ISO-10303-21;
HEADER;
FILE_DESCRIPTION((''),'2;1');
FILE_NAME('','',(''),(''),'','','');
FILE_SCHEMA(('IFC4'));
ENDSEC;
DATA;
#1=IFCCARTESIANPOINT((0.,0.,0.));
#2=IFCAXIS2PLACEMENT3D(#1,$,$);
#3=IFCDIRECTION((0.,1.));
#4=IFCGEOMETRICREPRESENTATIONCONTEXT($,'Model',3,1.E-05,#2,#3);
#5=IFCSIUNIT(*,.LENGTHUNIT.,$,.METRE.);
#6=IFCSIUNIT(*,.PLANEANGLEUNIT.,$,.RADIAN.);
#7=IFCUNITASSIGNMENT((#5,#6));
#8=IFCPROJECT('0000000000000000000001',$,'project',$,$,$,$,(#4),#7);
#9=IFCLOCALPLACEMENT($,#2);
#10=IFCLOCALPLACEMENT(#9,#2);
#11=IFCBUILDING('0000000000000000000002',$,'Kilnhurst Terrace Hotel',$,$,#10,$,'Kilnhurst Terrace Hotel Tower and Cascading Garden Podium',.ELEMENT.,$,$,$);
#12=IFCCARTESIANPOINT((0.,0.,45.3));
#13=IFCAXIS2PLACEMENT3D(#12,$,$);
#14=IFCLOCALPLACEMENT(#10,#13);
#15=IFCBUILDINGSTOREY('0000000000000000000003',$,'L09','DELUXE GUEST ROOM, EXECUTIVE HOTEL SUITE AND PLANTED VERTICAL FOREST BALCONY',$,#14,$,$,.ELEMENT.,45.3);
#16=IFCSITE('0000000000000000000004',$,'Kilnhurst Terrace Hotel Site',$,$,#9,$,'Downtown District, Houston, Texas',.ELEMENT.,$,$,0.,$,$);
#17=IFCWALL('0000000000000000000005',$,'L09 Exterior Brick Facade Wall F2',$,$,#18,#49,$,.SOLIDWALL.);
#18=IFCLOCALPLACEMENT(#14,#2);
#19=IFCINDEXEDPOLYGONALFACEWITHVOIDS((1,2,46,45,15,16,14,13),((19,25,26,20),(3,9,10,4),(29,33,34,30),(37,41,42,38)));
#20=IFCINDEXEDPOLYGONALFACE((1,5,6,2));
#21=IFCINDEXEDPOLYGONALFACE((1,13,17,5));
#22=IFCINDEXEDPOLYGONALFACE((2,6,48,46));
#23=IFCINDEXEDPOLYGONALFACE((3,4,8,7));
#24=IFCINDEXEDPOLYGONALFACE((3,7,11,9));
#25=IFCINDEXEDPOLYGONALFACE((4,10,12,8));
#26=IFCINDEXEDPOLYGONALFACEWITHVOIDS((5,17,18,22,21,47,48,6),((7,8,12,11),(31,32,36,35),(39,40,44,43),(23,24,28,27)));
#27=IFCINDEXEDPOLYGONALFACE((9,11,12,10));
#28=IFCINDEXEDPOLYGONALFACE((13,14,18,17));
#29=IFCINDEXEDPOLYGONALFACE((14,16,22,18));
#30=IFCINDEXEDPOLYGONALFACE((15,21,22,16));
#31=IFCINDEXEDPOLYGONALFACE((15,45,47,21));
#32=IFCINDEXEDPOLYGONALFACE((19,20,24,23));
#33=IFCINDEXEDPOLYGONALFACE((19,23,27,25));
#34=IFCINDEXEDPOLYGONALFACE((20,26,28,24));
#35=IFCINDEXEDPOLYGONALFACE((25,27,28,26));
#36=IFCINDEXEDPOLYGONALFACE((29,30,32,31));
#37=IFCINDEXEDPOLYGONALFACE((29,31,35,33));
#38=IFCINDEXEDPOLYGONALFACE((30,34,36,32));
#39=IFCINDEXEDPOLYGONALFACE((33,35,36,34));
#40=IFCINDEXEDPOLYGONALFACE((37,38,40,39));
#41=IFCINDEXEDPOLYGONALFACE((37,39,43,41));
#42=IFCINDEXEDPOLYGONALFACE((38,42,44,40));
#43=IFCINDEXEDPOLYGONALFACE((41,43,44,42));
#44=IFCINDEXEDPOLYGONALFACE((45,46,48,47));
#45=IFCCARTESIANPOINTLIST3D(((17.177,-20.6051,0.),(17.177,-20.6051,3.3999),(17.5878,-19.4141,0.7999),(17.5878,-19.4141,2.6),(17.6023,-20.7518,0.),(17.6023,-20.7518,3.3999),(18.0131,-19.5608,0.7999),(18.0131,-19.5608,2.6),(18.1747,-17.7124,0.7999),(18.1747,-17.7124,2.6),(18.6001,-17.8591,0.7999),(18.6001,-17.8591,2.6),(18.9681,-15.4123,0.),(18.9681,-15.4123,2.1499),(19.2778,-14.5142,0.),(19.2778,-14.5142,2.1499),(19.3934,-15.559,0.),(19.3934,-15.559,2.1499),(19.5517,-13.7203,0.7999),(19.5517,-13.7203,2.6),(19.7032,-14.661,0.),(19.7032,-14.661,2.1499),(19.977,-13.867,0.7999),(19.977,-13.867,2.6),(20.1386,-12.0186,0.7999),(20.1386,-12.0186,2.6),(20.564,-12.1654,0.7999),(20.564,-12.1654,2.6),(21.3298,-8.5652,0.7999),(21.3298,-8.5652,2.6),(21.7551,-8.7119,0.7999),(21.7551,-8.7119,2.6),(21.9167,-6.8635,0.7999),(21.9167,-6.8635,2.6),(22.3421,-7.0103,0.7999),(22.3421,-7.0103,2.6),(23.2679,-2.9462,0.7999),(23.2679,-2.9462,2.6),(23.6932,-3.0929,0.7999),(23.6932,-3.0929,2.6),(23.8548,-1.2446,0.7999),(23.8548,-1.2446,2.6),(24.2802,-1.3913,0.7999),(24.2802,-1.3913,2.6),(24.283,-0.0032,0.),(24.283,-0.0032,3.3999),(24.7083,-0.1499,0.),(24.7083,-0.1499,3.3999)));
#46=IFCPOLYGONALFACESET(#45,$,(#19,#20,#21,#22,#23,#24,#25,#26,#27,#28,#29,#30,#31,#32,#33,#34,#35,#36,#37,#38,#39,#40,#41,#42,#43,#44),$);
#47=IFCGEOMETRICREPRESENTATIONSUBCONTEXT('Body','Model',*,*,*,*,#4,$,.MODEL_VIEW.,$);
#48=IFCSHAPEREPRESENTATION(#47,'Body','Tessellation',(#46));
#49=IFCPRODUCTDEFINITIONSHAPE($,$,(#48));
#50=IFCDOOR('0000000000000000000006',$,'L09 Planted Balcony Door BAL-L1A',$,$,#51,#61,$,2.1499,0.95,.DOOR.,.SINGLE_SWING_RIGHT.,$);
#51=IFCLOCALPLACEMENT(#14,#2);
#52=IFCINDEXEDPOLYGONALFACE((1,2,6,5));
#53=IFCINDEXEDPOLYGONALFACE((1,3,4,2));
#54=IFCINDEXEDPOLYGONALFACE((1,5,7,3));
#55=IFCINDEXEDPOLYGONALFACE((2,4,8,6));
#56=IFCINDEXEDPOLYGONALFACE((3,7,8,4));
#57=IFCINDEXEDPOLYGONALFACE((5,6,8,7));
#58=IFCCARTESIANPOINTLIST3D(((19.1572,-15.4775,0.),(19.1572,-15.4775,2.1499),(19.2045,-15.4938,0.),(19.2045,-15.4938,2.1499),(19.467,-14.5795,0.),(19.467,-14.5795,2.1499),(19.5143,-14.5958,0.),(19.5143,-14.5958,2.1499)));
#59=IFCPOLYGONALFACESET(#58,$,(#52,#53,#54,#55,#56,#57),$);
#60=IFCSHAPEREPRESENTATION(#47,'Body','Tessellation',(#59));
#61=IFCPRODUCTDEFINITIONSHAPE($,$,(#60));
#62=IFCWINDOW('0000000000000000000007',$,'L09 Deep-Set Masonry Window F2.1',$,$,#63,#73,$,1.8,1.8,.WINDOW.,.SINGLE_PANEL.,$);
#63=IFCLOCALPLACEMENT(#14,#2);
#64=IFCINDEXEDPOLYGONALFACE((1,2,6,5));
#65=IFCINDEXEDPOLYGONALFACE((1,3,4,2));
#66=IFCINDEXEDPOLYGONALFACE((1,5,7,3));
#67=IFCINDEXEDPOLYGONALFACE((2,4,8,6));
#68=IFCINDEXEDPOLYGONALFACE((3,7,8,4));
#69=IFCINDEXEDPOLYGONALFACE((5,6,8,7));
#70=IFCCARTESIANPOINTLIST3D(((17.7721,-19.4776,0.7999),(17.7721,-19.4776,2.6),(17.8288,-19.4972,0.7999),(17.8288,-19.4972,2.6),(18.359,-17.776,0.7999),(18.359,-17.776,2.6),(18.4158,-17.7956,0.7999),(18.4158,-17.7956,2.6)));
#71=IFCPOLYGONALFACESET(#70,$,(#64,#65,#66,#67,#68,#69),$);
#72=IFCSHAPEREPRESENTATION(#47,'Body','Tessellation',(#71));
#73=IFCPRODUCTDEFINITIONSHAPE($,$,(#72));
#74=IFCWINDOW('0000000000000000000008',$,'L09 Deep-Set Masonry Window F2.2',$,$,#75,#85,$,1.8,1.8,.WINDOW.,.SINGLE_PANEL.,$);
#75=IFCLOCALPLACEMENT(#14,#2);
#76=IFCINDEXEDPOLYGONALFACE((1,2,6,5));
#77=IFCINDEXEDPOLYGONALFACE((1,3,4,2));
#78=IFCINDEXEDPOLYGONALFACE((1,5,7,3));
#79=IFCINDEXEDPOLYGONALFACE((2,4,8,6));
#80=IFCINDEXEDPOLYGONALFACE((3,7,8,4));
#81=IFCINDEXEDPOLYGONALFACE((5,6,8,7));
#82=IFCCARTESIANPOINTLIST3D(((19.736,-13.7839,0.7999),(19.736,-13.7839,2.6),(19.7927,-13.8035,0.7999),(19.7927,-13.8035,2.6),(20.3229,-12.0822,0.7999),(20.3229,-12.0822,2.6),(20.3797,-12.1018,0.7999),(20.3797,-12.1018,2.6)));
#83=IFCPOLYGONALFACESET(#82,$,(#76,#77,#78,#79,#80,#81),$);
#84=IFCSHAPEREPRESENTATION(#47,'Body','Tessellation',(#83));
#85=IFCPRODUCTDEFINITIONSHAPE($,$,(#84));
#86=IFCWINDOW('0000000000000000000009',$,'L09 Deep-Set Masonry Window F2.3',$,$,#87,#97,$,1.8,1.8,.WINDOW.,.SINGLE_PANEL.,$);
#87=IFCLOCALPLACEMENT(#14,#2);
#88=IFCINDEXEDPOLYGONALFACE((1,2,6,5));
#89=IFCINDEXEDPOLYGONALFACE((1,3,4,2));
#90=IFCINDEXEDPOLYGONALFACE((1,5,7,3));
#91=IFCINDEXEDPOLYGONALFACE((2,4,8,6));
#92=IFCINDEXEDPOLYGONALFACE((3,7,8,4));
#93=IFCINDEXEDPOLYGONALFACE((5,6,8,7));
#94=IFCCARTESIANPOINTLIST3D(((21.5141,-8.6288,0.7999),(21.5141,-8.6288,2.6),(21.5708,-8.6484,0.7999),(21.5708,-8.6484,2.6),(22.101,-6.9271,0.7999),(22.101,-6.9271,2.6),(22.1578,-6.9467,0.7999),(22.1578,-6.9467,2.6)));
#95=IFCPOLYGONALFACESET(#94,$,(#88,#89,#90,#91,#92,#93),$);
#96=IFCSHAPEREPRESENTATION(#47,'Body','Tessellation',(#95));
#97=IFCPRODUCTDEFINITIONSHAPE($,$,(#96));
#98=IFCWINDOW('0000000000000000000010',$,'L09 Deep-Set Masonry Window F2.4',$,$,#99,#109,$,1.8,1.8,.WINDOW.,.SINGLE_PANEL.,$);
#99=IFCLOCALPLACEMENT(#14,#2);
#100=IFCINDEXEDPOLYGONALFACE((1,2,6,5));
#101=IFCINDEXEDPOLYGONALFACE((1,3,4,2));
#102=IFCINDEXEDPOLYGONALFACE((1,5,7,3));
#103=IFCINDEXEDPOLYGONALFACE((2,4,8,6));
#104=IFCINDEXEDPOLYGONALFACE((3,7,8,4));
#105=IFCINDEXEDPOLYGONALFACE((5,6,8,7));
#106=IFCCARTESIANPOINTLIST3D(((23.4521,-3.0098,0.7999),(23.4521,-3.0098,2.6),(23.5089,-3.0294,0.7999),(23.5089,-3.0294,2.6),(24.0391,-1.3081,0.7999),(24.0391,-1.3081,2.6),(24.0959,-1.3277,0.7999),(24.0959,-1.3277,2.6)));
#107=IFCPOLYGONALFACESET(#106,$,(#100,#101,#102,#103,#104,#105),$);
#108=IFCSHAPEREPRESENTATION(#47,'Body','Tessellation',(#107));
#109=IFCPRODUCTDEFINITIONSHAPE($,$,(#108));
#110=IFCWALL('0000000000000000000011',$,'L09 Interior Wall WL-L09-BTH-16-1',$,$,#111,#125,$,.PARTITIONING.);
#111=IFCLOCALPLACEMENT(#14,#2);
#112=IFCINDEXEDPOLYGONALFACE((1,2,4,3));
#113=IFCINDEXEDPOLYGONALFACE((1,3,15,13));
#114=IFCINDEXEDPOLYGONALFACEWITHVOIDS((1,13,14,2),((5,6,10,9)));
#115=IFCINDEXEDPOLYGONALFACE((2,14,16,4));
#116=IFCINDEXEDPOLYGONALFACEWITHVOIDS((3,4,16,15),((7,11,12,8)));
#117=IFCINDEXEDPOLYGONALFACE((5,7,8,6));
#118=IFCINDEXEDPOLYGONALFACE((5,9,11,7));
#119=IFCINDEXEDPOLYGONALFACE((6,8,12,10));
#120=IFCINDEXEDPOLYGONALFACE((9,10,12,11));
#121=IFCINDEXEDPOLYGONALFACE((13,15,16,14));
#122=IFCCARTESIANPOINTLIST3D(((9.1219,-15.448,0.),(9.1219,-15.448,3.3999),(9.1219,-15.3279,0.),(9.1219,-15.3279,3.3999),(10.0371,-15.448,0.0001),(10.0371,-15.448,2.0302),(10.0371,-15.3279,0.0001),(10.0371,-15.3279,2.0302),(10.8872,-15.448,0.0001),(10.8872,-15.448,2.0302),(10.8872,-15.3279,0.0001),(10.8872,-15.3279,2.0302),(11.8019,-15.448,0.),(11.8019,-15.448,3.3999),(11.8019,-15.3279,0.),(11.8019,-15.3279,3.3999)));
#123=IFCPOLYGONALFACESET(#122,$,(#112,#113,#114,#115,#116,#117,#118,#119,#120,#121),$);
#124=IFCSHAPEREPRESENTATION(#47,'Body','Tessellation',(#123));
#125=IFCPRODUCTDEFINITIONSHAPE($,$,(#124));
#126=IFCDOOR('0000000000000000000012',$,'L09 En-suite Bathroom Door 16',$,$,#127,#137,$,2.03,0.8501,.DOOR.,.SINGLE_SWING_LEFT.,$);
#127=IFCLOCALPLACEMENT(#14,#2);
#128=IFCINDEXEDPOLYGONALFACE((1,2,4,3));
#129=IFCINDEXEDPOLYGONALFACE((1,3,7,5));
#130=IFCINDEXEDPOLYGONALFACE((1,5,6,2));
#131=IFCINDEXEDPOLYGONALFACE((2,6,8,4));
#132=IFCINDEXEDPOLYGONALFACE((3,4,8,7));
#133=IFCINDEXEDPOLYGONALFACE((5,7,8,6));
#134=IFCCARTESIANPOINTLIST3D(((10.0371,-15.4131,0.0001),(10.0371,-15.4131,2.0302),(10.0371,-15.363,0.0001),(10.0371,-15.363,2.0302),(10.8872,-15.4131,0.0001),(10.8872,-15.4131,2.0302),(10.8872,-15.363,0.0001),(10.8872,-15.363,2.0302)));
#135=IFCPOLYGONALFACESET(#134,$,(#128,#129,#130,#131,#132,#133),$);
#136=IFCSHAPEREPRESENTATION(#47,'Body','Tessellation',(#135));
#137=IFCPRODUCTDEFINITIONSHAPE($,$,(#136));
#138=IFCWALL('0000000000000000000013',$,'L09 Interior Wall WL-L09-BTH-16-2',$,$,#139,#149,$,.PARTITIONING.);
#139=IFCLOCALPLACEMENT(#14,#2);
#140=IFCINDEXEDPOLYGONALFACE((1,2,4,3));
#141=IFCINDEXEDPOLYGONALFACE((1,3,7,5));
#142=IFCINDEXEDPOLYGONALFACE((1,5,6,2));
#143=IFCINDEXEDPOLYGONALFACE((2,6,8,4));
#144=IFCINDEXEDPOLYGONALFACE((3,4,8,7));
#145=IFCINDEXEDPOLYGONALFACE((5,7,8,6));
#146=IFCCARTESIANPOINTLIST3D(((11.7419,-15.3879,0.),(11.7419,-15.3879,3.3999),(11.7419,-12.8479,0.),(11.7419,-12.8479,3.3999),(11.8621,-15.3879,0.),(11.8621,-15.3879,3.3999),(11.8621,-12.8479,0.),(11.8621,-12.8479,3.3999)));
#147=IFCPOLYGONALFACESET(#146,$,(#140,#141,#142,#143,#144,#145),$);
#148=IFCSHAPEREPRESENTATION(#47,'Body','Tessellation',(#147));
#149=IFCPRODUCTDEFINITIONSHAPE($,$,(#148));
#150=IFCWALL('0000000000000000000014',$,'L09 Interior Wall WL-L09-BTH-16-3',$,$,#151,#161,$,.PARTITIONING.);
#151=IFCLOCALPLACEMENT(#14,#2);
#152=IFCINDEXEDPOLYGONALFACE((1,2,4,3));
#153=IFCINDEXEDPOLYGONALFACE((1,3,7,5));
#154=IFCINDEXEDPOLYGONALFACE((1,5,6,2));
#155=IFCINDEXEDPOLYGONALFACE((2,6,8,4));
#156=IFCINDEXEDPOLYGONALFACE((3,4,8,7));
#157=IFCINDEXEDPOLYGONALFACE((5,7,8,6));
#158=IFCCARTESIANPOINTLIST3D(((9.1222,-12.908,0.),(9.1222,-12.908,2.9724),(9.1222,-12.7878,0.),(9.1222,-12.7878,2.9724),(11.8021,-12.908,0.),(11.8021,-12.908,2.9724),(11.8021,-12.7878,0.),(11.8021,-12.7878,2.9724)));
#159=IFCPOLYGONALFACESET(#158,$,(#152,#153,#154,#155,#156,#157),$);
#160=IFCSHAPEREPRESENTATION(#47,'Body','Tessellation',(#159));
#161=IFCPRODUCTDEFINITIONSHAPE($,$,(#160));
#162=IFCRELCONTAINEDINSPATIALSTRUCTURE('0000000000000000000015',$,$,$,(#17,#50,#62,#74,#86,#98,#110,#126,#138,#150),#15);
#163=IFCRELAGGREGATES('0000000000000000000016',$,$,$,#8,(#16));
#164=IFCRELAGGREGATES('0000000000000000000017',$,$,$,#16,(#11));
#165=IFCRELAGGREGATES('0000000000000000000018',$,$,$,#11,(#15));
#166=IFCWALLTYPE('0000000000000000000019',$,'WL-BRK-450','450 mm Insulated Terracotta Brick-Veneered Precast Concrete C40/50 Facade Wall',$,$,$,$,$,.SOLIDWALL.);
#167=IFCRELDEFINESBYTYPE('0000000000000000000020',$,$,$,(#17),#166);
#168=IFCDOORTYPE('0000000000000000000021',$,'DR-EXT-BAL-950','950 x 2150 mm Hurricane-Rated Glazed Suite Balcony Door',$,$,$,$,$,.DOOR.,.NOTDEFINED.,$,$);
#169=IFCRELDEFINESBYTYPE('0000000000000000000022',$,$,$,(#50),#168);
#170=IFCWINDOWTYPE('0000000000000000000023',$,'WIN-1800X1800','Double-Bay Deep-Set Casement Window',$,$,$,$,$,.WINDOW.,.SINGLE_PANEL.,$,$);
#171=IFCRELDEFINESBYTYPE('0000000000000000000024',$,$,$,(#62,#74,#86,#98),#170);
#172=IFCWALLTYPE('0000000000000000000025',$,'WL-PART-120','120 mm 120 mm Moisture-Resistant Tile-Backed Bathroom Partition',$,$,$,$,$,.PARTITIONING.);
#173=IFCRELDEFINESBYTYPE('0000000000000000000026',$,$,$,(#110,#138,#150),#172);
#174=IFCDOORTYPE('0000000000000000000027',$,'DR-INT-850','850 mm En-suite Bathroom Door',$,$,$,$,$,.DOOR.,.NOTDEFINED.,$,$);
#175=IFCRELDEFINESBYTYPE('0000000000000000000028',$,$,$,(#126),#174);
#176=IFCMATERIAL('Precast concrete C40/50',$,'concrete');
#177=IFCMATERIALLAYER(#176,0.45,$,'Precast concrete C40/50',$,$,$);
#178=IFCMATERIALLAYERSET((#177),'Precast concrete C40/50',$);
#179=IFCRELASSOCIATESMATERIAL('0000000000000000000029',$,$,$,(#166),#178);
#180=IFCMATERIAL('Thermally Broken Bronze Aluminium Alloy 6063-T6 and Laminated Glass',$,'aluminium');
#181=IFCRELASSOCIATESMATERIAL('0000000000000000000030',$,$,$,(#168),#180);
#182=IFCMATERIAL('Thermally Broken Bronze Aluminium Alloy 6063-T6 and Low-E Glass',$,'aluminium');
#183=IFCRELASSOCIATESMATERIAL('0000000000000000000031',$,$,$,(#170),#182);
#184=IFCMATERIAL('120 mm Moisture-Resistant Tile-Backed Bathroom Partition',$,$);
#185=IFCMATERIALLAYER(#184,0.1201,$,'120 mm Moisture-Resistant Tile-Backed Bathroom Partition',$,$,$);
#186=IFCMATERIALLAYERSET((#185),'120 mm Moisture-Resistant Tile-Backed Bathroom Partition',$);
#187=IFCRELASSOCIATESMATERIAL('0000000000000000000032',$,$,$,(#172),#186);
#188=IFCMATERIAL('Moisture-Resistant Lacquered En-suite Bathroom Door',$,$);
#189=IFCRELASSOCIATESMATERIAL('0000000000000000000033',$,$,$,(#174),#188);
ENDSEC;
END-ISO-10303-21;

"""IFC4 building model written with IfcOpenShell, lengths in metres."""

from ifc_helpers import new_model, si_unit, direction, frame, frame_2d, origin, place, context, subcontext, project, spatial, rectangle, extrude, material, layer, layer_set, type_object, element, fill, save


model = new_model("IFC4")

# Units and contexts
model_context = context("Model", 3, precision=1e-05, world=origin(), true_north=direction((0.0, 1.0)))
body_context = subcontext(model_context, "Body", "Model", "MODEL_VIEW")
ifc_project = project(units=[si_unit("LENGTHUNIT", "METRE"), si_unit("PLANEANGLEUNIT", "RADIAN")], contexts=[model_context])

# Site, building, storey
site_placement = place(None, origin())
site = spatial("IfcSite", under=ifc_project, at=site_placement, Name="Kilnhurst Terrace Hotel Site", LongName="Downtown District, Houston, Texas", CompositionType="ELEMENT", RefElevation=0.0)
building_placement = place(site_placement, origin())
building = spatial("IfcBuilding", under=site, at=building_placement, Name="Kilnhurst Terrace Hotel", LongName="Kilnhurst Terrace Hotel Tower and Cascading Garden Podium", CompositionType="ELEMENT")
storey_placement = place(building_placement, frame((0.0, 0.0, 45.3)))
storey = spatial("IfcBuildingStorey", under=building, at=storey_placement, Name="L09", Description="DELUXE GUEST ROOM, EXECUTIVE HOTEL SUITE AND PLANTED VERTICAL FOREST BALCONY", CompositionType="ELEMENT", Elevation=45.3)

# Shared definitions
ifc_material_1 = material(Name="Precast concrete C40/50", Category="concrete")
ifc_layer_1 = layer(ifc_material_1, 0.45, Name="Precast concrete C40/50")
ifc_layer_set_1 = layer_set([ifc_layer_1], Name="Precast concrete C40/50")
wall_type_1 = type_object("IfcWallType", Name="WL-BRK-450", Description="450 mm Insulated Terracotta Brick-Veneered Precast Concrete C40/50 Facade Wall", PredefinedType="SOLIDWALL", material=ifc_layer_set_1)

# Wall, openings, door, windows
wall_1_placement = place(storey_placement, frame((17.3896, -20.6785, 0.0), z_axis=(0.0, 0.0, 1.0), x_axis=(0.326068, 0.945346, 0.0)))
wall_1 = element("IfcWall", 1, at=wall_1_placement, inside=storey, type_object=wall_type_1, Name="L09 Exterior Brick Facade Wall F2", PredefinedType="SOLIDWALL", context=body_context, shape_type="SweptSolid", body=[
    extrude(rectangle(XDim=21.793, YDim=0.45, at=frame_2d((10.8965, 0.0))), origin(), (0.0, 0.0, 1.0), 3.3999),
])
opening_1_placement = place(wall_1_placement, frame((5.4929, 0.0, 0.0)))
opening_1 = element("IfcOpeningElement", 2, at=opening_1_placement, cuts=wall_1, PredefinedType="OPENING", context=body_context, shape_type="SweptSolid", body=[
    extrude(rectangle(XDim=0.95, YDim=2.1499, at=frame_2d((0.4751, 1.075))), frame((0.0, 0.2349, 0.0), z_axis=(0.0, -1.0, 0.0), x_axis=(1.0, 0.0, 0.0)), (0.0, 0.0, 1.0), 0.47),
])
opening_2_placement = place(wall_1_placement, frame((1.26, 0.0, 0.8)))
opening_2 = element("IfcOpeningElement", 3, at=opening_2_placement, cuts=wall_1, PredefinedType="OPENING", context=body_context, shape_type="SweptSolid", body=[
    extrude(rectangle(XDim=1.8, YDim=1.8, at=frame_2d((0.8999, 0.8999))), frame((0.0, 0.2349, 0.0), z_axis=(0.0, -1.0, 0.0), x_axis=(1.0, 0.0, 0.0)), (0.0, 0.0, 1.0), 0.47),
])
opening_3_placement = place(wall_1_placement, frame((7.283, 0.0, 0.8)))
opening_3 = element("IfcOpeningElement", 4, at=opening_3_placement, cuts=wall_1, PredefinedType="OPENING", context=body_context, shape_type="SweptSolid", body=[
    extrude(rectangle(XDim=1.8, YDim=1.8, at=frame_2d((0.8999, 0.8999))), frame((0.0, 0.2349, 0.0), z_axis=(0.0, -1.0, 0.0), x_axis=(1.0, 0.0, 0.0)), (0.0, 0.0, 1.0), 0.47),
])
opening_4_placement = place(wall_1_placement, frame((12.7361, 0.0, 0.8)))
opening_4 = element("IfcOpeningElement", 5, at=opening_4_placement, cuts=wall_1, PredefinedType="OPENING", context=body_context, shape_type="SweptSolid", body=[
    extrude(rectangle(XDim=1.8, YDim=1.8, at=frame_2d((0.8999, 0.8999))), frame((0.0, 0.2349, 0.0), z_axis=(0.0, -1.0, 0.0), x_axis=(1.0, 0.0, 0.0)), (0.0, 0.0, 1.0), 0.47),
])
opening_5_placement = place(wall_1_placement, frame((18.6799, 0.0, 0.8)))
opening_5 = element("IfcOpeningElement", 6, at=opening_5_placement, cuts=wall_1, PredefinedType="OPENING", context=body_context, shape_type="SweptSolid", body=[
    extrude(rectangle(XDim=1.8, YDim=1.8, at=frame_2d((0.8999, 0.8999))), frame((0.0, 0.2349, 0.0), z_axis=(0.0, -1.0, 0.0), x_axis=(1.0, 0.0, 0.0)), (0.0, 0.0, 1.0), 0.47),
])
ifc_material_2 = material(Name="Thermally Broken Bronze Aluminium Alloy 6063-T6 and Laminated Glass", Category="aluminium")
door_type_1 = type_object("IfcDoorType", Name="DR-EXT-BAL-950", Description="950 x 2150 mm Hurricane-Rated Glazed Suite Balcony Door", OperationType="NOTDEFINED", PredefinedType="DOOR", material=ifc_material_2)
door_1_placement = place(opening_1_placement, origin())
door_1 = element("IfcDoor", 7, at=door_1_placement, inside=storey, type_object=door_type_1, Name="L09 Planted Balcony Door BAL-L1A", OperationType="SINGLE_SWING_RIGHT", OverallHeight=2.1499, OverallWidth=0.95, PredefinedType="DOOR", context=body_context, shape_type="SweptSolid", body=[
    extrude(rectangle(XDim=0.95, YDim=2.1499, at=frame_2d((0.4751, 1.075))), frame((0.0, 0.0249, 0.0), z_axis=(0.0, -1.0, 0.0), x_axis=(1.0, 0.0, 0.0)), (0.0, 0.0, 1.0), 0.05),
])
fill(opening_1, door_1)
ifc_material_3 = material(Name="Thermally Broken Bronze Aluminium Alloy 6063-T6 and Low-E Glass", Category="aluminium")
window_type = type_object("IfcWindowType", Name="WIN-1800X1800", Description="Double-Bay Deep-Set Casement Window", PartitioningType="SINGLE_PANEL", PredefinedType="WINDOW", material=ifc_material_3)
window_1_placement = place(opening_2_placement, origin())
window_1 = element("IfcWindow", 8, at=window_1_placement, inside=storey, type_object=window_type, Name="L09 Deep-Set Masonry Window F2.1", OverallHeight=1.8, OverallWidth=1.8, PartitioningType="SINGLE_PANEL", PredefinedType="WINDOW", context=body_context, shape_type="SweptSolid", body=[
    extrude(rectangle(XDim=1.8, YDim=1.8, at=frame_2d((0.8999, 0.8999))), frame((0.0, 0.03, 0.0), z_axis=(0.0, -1.0, 0.0), x_axis=(1.0, 0.0, 0.0)), (0.0, 0.0, 1.0), 0.0601),
])
fill(opening_2, window_1)
window_2_placement = place(opening_3_placement, origin())
window_2 = element("IfcWindow", 9, at=window_2_placement, inside=storey, type_object=window_type, Name="L09 Deep-Set Masonry Window F2.2", OverallHeight=1.8, OverallWidth=1.8, PartitioningType="SINGLE_PANEL", PredefinedType="WINDOW", context=body_context, shape_type="SweptSolid", body=[
    extrude(rectangle(XDim=1.8, YDim=1.8, at=frame_2d((0.8999, 0.8999))), frame((0.0, 0.03, 0.0), z_axis=(0.0, -1.0, 0.0), x_axis=(1.0, 0.0, 0.0)), (0.0, 0.0, 1.0), 0.0601),
])
fill(opening_3, window_2)
window_3_placement = place(opening_4_placement, origin())
window_3 = element("IfcWindow", 10, at=window_3_placement, inside=storey, type_object=window_type, Name="L09 Deep-Set Masonry Window F2.3", OverallHeight=1.8, OverallWidth=1.8, PartitioningType="SINGLE_PANEL", PredefinedType="WINDOW", context=body_context, shape_type="SweptSolid", body=[
    extrude(rectangle(XDim=1.8, YDim=1.8, at=frame_2d((0.8999, 0.8999))), frame((0.0, 0.03, 0.0), z_axis=(0.0, -1.0, 0.0), x_axis=(1.0, 0.0, 0.0)), (0.0, 0.0, 1.0), 0.0601),
])
fill(opening_4, window_3)
window_4_placement = place(opening_5_placement, origin())
window_4 = element("IfcWindow", 11, at=window_4_placement, inside=storey, type_object=window_type, Name="L09 Deep-Set Masonry Window F2.4", OverallHeight=1.8, OverallWidth=1.8, PartitioningType="SINGLE_PANEL", PredefinedType="WINDOW", context=body_context, shape_type="SweptSolid", body=[
    extrude(rectangle(XDim=1.8, YDim=1.8, at=frame_2d((0.8999, 0.8999))), frame((0.0, 0.03, 0.0), z_axis=(0.0, -1.0, 0.0), x_axis=(1.0, 0.0, 0.0)), (0.0, 0.0, 1.0), 0.0601),
])
fill(opening_5, window_4)

# Wall, opening, door
ifc_material_4 = material(Name="120 mm Moisture-Resistant Tile-Backed Bathroom Partition")
ifc_layer_2 = layer(ifc_material_4, 0.1201, Name="120 mm Moisture-Resistant Tile-Backed Bathroom Partition")
ifc_layer_set_2 = layer_set([ifc_layer_2], Name="120 mm Moisture-Resistant Tile-Backed Bathroom Partition")
wall_type_2 = type_object("IfcWallType", Name="WL-PART-120", Description="120 mm 120 mm Moisture-Resistant Tile-Backed Bathroom Partition", PredefinedType="PARTITIONING", material=ifc_layer_set_2)
wall_2_placement = place(storey_placement, frame((9.1221, -15.3879, 0.0), z_axis=(0.0, 0.0, 1.0), x_axis=(1.0, 0.0, 0.0)))
wall_2 = element("IfcWall", 12, at=wall_2_placement, inside=storey, type_object=wall_type_2, Name="L09 Interior Wall WL-L09-BTH-16-1", PredefinedType="PARTITIONING", context=body_context, shape_type="SweptSolid", body=[
    extrude(rectangle(XDim=2.6799, YDim=0.1201, at=frame_2d((1.3398, 0.0))), origin(), (0.0, 0.0, 1.0), 3.3999),
])
opening_6_placement = place(wall_2_placement, frame((0.915, 0.0, 0.0)))
opening_6 = element("IfcOpeningElement", 13, at=opening_6_placement, cuts=wall_2, PredefinedType="OPENING", context=body_context, shape_type="SweptSolid", body=[
    extrude(rectangle(XDim=0.8501, YDim=2.03, at=frame_2d((0.425, 1.0151))), frame((0.0, 0.0701, 0.0), z_axis=(0.0, -1.0, 0.0), x_axis=(1.0, 0.0, 0.0)), (0.0, 0.0, 1.0), 0.1401),
])
ifc_material_5 = material(Name="Moisture-Resistant Lacquered En-suite Bathroom Door")
door_type_2 = type_object("IfcDoorType", Name="DR-INT-850", Description="850 mm En-suite Bathroom Door", OperationType="NOTDEFINED", PredefinedType="DOOR", material=ifc_material_5)
door_2_placement = place(opening_6_placement, origin())
door_2 = element("IfcDoor", 14, at=door_2_placement, inside=storey, type_object=door_type_2, Name="L09 En-suite Bathroom Door 16", OperationType="SINGLE_SWING_LEFT", OverallHeight=2.03, OverallWidth=0.8501, PredefinedType="DOOR", context=body_context, shape_type="SweptSolid", body=[
    extrude(rectangle(XDim=0.8501, YDim=2.03, at=frame_2d((0.425, 1.0151))), frame((0.0, 0.0249, 0.0), z_axis=(0.0, -1.0, 0.0), x_axis=(1.0, 0.0, 0.0)), (0.0, 0.0, 1.0), 0.05),
])
fill(opening_6, door_2)

# Walls
wall_3_placement = place(storey_placement, frame((11.802, -15.3879, 0.0), z_axis=(0.0, 0.0, 1.0), x_axis=(0.0, 1.0, 0.0)))
element("IfcWall", 15, at=wall_3_placement, inside=storey, type_object=wall_type_2, Name="L09 Interior Wall WL-L09-BTH-16-2", PredefinedType="PARTITIONING", context=body_context, shape_type="SweptSolid", body=[
    extrude(rectangle(XDim=2.54, YDim=0.1201, at=frame_2d((1.27, 0.0))), origin(), (0.0, 0.0, 1.0), 3.3999),
])
wall_4_placement = place(storey_placement, frame((11.802, -12.8479, 0.0), z_axis=(0.0, 0.0, 1.0), x_axis=(-1.0, 0.0, 0.0)))
element("IfcWall", 16, at=wall_4_placement, inside=storey, type_object=wall_type_2, Name="L09 Interior Wall WL-L09-BTH-16-3", PredefinedType="PARTITIONING", context=body_context, shape_type="SweptSolid", body=[
    extrude(rectangle(XDim=2.6799, YDim=0.1201, at=frame_2d((1.3398, 0.0))), origin(), (0.0, 0.0, 1.0), 2.9724),
])

save(model, "model.ifc")
